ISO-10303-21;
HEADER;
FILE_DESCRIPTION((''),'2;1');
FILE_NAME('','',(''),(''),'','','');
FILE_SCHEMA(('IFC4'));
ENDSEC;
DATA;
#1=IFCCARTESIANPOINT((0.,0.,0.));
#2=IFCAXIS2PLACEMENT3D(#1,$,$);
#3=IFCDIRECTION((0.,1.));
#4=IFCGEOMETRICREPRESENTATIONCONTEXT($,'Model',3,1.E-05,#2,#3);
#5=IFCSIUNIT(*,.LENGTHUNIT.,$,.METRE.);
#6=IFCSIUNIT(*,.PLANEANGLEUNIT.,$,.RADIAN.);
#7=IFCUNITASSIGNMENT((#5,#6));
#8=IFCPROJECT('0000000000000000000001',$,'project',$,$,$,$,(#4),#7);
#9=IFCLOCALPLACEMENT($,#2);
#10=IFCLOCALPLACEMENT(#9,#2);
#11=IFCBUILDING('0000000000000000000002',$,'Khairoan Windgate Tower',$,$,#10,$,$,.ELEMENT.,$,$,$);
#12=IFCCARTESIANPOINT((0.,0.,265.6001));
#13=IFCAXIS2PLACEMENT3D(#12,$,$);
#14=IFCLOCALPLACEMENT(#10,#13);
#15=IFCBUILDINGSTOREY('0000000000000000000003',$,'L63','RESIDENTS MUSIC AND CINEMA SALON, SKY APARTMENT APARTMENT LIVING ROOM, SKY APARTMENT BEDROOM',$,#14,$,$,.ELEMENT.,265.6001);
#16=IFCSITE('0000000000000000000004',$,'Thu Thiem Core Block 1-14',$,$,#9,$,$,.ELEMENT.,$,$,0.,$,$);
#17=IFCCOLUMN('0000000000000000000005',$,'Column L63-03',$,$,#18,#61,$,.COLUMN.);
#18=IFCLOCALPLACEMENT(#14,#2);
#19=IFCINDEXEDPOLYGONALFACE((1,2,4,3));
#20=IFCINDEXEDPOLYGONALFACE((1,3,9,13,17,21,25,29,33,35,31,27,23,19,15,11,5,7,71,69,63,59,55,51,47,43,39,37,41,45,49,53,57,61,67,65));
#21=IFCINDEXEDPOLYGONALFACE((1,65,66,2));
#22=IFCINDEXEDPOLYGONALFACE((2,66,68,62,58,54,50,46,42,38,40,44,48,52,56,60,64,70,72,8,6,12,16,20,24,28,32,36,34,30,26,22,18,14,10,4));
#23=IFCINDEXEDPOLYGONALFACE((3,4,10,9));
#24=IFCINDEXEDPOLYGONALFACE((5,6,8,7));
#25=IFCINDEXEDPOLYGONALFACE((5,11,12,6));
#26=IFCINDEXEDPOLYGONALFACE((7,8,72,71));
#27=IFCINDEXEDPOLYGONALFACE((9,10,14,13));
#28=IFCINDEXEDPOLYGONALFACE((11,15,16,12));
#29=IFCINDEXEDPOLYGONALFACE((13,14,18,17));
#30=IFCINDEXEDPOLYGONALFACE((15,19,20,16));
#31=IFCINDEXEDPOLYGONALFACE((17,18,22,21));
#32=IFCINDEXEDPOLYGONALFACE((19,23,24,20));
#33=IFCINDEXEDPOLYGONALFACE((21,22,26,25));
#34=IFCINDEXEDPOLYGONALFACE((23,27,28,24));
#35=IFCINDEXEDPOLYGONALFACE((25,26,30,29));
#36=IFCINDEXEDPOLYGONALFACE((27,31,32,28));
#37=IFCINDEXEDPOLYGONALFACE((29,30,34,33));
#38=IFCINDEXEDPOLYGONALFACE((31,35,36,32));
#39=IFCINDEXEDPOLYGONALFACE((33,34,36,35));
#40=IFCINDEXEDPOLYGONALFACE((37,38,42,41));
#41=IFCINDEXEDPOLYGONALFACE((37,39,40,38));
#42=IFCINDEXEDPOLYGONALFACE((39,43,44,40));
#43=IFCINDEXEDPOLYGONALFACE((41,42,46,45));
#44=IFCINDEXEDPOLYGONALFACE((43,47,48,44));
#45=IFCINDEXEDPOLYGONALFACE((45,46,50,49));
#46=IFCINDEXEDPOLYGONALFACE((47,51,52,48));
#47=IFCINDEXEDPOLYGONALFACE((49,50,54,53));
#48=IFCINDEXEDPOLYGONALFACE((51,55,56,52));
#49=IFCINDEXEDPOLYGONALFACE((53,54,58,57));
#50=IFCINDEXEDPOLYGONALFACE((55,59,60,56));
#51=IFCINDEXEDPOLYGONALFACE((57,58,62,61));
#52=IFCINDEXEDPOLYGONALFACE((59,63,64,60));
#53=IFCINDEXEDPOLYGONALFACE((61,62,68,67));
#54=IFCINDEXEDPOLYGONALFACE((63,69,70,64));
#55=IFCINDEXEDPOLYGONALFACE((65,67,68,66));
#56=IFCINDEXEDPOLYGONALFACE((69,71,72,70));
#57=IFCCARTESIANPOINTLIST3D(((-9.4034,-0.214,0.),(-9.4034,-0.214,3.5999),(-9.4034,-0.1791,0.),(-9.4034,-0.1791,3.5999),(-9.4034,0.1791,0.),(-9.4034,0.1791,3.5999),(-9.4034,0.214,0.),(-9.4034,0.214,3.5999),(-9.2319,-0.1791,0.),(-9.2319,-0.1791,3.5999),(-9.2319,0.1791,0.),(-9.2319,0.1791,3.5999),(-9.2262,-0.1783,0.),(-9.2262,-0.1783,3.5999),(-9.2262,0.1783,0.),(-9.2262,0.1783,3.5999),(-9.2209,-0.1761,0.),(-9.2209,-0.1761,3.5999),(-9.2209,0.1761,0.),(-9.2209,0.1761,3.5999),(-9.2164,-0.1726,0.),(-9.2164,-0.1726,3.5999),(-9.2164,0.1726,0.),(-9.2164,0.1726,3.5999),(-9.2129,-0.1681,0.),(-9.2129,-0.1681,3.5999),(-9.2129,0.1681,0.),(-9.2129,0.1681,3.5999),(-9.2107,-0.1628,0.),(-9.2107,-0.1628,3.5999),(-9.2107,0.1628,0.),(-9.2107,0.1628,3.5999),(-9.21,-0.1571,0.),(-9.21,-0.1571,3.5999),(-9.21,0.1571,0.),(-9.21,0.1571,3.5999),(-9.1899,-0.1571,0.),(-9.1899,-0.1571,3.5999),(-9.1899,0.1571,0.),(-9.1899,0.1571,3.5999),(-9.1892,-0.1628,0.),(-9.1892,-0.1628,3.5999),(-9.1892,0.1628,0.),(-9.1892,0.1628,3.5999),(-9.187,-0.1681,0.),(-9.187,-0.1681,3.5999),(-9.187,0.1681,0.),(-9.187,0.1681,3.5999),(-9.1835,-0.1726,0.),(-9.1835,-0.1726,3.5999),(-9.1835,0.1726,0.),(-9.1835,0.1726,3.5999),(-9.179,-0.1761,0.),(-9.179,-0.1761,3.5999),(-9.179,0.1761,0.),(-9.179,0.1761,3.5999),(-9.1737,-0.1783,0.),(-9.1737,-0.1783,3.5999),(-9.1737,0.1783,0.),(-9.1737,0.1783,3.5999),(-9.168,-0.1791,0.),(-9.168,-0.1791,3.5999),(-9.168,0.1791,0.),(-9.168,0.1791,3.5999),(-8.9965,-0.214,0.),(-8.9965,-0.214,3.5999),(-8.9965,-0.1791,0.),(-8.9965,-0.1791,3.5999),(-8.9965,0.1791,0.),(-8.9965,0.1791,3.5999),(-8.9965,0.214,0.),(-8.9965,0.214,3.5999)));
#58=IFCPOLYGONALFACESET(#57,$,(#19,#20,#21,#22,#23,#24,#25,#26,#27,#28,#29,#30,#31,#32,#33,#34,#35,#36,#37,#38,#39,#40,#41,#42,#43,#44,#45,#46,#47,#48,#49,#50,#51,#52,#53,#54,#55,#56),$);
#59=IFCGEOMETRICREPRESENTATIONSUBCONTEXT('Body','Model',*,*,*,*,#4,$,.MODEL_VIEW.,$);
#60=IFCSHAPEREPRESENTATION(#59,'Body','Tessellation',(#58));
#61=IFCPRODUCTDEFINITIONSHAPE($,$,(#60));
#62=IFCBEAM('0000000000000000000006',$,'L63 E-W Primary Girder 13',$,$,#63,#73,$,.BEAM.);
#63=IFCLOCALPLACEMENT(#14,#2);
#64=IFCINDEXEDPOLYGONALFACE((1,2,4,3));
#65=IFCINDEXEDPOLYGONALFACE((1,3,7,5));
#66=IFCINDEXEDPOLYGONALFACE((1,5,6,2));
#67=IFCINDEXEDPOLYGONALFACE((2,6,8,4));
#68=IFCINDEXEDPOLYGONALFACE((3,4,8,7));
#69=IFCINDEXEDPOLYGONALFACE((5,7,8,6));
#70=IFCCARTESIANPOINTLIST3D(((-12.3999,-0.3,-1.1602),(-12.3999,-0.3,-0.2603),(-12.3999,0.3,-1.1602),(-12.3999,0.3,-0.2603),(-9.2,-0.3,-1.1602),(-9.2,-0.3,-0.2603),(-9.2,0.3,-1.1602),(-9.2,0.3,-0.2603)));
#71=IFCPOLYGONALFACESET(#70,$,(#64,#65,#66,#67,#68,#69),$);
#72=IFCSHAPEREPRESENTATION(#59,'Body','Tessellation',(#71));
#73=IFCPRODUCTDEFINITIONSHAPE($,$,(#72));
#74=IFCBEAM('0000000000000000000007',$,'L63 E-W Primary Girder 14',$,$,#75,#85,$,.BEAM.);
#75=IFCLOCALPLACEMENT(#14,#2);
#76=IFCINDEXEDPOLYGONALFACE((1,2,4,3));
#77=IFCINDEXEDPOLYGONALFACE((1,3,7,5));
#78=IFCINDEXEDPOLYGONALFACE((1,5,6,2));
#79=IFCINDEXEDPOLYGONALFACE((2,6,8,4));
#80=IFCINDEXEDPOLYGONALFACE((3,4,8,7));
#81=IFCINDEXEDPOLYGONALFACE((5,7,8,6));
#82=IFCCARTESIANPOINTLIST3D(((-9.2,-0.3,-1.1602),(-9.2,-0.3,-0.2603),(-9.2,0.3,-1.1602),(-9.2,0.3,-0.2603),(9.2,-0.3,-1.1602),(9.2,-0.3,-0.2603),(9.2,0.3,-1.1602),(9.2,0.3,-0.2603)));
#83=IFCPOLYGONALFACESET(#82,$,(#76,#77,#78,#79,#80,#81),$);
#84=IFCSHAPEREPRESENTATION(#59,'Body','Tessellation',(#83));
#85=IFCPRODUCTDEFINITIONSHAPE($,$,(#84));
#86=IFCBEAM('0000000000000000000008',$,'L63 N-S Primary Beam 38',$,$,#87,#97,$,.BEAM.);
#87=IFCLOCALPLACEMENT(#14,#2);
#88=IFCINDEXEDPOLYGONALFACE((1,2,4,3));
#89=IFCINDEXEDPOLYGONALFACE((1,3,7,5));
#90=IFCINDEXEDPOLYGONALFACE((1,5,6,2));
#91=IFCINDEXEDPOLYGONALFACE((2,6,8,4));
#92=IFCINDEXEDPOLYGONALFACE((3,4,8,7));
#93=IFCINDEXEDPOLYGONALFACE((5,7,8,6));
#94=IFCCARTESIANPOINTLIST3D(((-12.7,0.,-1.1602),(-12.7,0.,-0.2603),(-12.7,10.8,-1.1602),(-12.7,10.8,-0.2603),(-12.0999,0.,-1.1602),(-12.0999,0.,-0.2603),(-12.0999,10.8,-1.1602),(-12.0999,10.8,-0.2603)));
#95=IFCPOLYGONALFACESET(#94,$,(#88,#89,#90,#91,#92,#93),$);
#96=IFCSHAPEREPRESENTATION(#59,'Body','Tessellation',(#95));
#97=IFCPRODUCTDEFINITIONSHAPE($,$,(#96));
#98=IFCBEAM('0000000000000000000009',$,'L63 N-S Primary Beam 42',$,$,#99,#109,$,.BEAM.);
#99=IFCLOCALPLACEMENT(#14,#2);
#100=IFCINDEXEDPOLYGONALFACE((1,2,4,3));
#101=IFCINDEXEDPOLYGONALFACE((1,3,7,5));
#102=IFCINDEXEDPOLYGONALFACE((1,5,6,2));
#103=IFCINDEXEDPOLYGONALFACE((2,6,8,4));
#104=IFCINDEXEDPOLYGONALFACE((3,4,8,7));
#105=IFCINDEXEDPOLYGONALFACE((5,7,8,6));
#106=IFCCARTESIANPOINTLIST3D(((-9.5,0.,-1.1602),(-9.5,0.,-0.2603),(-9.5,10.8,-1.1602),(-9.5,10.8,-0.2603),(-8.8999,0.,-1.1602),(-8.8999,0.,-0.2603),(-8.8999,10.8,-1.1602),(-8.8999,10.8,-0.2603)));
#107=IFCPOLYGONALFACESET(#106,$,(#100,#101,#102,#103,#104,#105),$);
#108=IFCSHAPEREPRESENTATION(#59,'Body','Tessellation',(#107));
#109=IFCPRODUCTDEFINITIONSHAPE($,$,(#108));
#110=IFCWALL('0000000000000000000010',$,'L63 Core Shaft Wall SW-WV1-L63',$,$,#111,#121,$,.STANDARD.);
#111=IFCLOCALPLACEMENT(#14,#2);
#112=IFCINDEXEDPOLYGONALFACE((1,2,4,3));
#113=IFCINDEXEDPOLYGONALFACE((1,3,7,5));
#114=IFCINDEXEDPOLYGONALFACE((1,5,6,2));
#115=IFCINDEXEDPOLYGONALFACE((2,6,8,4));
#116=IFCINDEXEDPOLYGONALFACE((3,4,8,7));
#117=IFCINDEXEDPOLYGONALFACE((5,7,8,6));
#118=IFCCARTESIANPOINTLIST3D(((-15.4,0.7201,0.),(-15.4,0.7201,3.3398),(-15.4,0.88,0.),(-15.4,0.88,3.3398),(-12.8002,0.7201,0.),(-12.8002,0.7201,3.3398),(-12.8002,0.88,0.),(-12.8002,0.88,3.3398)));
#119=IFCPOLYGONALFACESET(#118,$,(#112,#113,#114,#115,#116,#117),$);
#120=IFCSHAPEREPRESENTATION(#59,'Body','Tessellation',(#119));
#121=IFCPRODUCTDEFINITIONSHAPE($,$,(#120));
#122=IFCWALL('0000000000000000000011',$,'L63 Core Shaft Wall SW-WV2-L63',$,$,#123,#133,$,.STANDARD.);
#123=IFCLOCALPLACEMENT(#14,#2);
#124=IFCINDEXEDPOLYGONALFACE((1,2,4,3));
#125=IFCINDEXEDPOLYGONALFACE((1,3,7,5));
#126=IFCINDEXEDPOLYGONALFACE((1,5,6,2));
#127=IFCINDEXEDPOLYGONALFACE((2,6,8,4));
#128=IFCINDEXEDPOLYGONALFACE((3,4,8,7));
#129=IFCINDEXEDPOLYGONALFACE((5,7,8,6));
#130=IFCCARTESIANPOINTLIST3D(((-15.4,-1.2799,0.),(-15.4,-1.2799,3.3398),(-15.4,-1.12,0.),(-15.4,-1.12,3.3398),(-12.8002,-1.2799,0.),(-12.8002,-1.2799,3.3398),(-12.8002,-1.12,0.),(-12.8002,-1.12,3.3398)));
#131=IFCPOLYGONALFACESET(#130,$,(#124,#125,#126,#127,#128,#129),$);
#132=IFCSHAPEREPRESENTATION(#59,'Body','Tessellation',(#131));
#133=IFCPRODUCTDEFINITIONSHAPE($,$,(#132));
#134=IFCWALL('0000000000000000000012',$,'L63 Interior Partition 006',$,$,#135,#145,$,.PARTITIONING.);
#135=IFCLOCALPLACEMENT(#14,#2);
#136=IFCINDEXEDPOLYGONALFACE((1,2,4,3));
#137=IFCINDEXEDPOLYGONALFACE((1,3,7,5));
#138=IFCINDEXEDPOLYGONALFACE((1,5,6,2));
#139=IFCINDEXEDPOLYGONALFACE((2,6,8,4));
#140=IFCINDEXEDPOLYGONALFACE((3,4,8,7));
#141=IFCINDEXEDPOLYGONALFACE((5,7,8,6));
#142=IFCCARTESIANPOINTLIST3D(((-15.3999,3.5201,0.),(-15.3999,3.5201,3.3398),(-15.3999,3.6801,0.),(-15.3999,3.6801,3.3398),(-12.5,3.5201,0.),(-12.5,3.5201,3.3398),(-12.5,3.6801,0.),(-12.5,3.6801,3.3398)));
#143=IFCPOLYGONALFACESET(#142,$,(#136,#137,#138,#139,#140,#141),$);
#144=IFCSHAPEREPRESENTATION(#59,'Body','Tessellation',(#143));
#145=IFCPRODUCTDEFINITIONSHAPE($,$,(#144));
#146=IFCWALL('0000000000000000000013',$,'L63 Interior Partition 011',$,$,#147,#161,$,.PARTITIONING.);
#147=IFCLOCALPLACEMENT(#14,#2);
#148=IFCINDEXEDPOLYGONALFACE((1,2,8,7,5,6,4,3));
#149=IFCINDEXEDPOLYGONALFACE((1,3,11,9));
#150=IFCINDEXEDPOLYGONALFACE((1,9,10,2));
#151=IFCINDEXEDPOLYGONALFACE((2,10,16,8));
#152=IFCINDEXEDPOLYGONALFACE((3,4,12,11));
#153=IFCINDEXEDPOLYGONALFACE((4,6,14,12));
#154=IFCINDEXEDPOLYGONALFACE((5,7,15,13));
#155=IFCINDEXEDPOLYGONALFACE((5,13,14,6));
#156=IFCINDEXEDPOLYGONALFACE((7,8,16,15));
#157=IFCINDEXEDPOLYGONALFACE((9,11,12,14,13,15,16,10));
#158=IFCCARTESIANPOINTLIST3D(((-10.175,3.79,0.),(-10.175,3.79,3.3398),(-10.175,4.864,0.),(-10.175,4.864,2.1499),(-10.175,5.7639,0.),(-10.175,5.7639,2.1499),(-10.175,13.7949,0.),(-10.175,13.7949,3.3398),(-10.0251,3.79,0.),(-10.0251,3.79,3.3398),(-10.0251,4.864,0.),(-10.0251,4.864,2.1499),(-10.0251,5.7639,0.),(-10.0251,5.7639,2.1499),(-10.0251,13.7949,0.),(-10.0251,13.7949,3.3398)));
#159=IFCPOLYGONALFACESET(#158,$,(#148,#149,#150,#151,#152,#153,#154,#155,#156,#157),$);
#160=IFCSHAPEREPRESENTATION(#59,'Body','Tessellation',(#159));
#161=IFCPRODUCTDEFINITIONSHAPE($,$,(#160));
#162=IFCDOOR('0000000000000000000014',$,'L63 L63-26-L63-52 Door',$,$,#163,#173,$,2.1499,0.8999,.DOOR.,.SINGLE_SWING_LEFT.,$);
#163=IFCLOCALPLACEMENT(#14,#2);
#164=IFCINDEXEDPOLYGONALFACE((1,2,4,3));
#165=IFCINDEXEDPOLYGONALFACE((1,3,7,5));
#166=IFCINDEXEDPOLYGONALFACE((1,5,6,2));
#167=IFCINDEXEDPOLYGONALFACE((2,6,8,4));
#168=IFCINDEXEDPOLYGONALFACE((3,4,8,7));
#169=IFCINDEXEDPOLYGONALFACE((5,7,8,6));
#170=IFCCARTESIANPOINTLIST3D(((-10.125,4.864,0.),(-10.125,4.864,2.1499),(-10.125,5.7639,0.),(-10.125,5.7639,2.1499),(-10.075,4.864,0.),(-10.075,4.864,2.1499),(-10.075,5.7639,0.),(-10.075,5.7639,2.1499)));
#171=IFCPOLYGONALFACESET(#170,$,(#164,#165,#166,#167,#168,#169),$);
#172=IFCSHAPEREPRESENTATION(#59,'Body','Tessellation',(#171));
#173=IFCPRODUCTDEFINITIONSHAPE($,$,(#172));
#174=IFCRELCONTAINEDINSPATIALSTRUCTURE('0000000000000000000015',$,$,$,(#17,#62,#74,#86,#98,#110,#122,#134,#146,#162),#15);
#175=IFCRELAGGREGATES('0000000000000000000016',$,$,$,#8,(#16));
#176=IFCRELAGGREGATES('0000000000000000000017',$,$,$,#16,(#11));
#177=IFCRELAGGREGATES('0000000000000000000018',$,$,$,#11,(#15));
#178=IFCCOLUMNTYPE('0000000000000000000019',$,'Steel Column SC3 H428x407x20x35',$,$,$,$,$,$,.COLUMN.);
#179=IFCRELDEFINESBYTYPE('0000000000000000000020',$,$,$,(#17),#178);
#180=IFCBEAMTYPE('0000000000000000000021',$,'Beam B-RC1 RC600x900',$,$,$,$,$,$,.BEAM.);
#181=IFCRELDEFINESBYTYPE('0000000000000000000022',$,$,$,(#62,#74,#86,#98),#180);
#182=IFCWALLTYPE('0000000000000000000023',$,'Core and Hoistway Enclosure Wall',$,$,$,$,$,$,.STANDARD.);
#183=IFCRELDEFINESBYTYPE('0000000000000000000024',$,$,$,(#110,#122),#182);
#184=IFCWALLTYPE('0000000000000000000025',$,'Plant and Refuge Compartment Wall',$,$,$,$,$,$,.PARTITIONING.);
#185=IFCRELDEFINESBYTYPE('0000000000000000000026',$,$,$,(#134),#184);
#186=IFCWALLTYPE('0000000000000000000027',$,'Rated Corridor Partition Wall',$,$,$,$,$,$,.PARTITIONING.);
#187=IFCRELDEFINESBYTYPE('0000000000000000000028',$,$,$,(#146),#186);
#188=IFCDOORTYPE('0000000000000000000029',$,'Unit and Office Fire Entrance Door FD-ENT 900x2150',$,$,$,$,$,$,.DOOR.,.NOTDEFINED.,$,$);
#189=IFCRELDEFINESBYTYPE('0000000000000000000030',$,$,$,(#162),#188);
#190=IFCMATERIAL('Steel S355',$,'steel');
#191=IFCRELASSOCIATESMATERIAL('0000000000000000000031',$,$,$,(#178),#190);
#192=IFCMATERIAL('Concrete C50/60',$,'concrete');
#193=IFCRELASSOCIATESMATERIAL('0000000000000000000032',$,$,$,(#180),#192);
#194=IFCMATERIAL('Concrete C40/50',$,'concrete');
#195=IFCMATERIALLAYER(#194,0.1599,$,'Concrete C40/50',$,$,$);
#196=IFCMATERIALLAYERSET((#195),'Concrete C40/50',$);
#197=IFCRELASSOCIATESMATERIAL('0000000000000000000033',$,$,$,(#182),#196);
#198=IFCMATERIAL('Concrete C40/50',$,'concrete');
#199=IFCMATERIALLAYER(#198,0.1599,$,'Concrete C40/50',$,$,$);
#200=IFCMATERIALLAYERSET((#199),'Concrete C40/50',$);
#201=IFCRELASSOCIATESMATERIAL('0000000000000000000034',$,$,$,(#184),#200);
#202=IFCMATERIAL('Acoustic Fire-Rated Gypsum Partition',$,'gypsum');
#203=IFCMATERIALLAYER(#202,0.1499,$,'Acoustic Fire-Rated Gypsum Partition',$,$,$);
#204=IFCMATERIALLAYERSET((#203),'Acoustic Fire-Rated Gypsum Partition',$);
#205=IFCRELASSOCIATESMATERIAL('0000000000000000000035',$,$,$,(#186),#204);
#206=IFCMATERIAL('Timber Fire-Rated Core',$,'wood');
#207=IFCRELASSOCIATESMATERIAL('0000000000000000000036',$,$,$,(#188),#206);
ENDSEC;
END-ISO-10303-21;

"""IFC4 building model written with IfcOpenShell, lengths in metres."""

from ifc_helpers import new_model, si_unit, direction, frame, frame_2d, origin, origin_2d, place, context, subcontext, project, spatial, rectangle, i_section, extrude, material, layer, layer_set, material_profile, profile_set, type_object, element, fill, save


model = new_model("IFC4")

# Units and contexts
model_context = context("Model", 3, precision=1e-05, world=origin(), true_north=direction((0.0, 1.0)))
body_context = subcontext(model_context, "Body", "Model", "MODEL_VIEW")
ifc_project = project(units=[si_unit("LENGTHUNIT", "METRE"), si_unit("PLANEANGLEUNIT", "RADIAN")], contexts=[model_context])

# Site, building, storey
site_placement = place(None, origin())
site = spatial("IfcSite", under=ifc_project, at=site_placement, Name="Thu Thiem Core Block 1-14", CompositionType="ELEMENT", RefElevation=0.0)
building_placement = place(site_placement, origin())
building = spatial("IfcBuilding", under=site, at=building_placement, Name="Khairoan Windgate Tower", CompositionType="ELEMENT")
storey_placement = place(building_placement, frame((0.0, 0.0, 265.6001)))
storey = spatial("IfcBuildingStorey", under=building, at=storey_placement, Name="L63", Description="RESIDENTS MUSIC AND CINEMA SALON, SKY APARTMENT APARTMENT LIVING ROOM, SKY APARTMENT BEDROOM", CompositionType="ELEMENT", Elevation=265.6001)

# Column
ifc_material_1 = material(Name="Steel S355", Category="steel")
ifc_material_profile_1 = material_profile(ifc_material_1, i_section(OverallWidth=0.407, OverallDepth=0.428, WebThickness=0.02, FlangeThickness=0.0349, FilletRadius=0.022, at=origin_2d()))
ifc_profile_set_1 = profile_set([ifc_material_profile_1], Name="Steel S355")
column_type = type_object("IfcColumnType", Name="Steel Column SC3 H428x407x20x35", PredefinedType="COLUMN", material=ifc_profile_set_1)
column_placement = place(storey_placement, frame((-9.2, 0.0, 0.0), z_axis=(0.0, 0.0, 1.0), x_axis=(1.0, 0.0, 0.0)))
element("IfcColumn", 1, at=column_placement, inside=storey, type_object=column_type, Name="Column L63-03", PredefinedType="COLUMN", context=body_context, shape_type="SweptSolid", body=[
    extrude(i_section(OverallWidth=0.407, OverallDepth=0.428, WebThickness=0.02, FlangeThickness=0.0349, FilletRadius=0.022, at=origin_2d()), origin(), (0.0, 0.0, 1.0), 3.5999),
])

# Beams
ifc_material_2 = material(Name="Concrete C50/60", Category="concrete")
ifc_material_profile_2 = material_profile(ifc_material_2, rectangle(XDim=0.6001, YDim=0.8999, at=origin_2d()))
ifc_profile_set_2 = profile_set([ifc_material_profile_2], Name="Concrete C50/60")
beam_type = type_object("IfcBeamType", Name="Beam B-RC1 RC600x900", PredefinedType="BEAM", material=ifc_profile_set_2)
beam_1_placement = place(storey_placement, frame((-12.3999, 0.0, -0.7102), z_axis=(1.0, 0.0, 0.0), x_axis=(0.0, 1.0, 0.0)))
element("IfcBeam", 2, at=beam_1_placement, inside=storey, type_object=beam_type, Name="L63 E-W Primary Girder 13", PredefinedType="BEAM", context=body_context, shape_type="SweptSolid", body=[
    extrude(rectangle(XDim=0.6001, YDim=0.8999, at=origin_2d()), origin(), (0.0, 0.0, 1.0), 3.2),
])
beam_2_placement = place(storey_placement, frame((-9.2, 0.0, -0.7102), z_axis=(1.0, 0.0, 0.0), x_axis=(0.0, 1.0, 0.0)))
element("IfcBeam", 3, at=beam_2_placement, inside=storey, type_object=beam_type, Name="L63 E-W Primary Girder 14", PredefinedType="BEAM", context=body_context, shape_type="SweptSolid", body=[
    extrude(rectangle(XDim=0.6001, YDim=0.8999, at=origin_2d()), origin(), (0.0, 0.0, 1.0), 18.3999),
])
for number, where, z_axis, x_axis, name in (
    (4, (-12.3999, 0.0, -0.7102), (0.0, 1.0, 0.0), (-1.0, 0.0, 0.0), "L63 N-S Primary Beam 38"),
    (5, (-9.2, 0.0, -0.7102), (0.0, 1.0, 0.0), (-1.0, 0.0, 0.0), "L63 N-S Primary Beam 42"),
):
    element("IfcBeam", number, at=place(storey_placement, frame(where, z_axis=z_axis, x_axis=x_axis)), inside=storey, type_object=beam_type, Name=name, PredefinedType="BEAM", context=body_context, shape_type="SweptSolid", body=[
        extrude(rectangle(XDim=0.6001, YDim=0.8999, at=origin_2d()), origin(), (0.0, 0.0, 1.0), 10.8),
    ])

# Walls
ifc_material_3 = material(Name="Concrete C40/50", Category="concrete")
ifc_layer_1 = layer(ifc_material_3, 0.1599, Name="Concrete C40/50")
ifc_layer_set_1 = layer_set([ifc_layer_1], Name="Concrete C40/50")
wall_type_1 = type_object("IfcWallType", Name="Core and Hoistway Enclosure Wall", PredefinedType="STANDARD", material=ifc_layer_set_1)
for number, where, z_axis, x_axis, name in (
    (6, (-15.3999, 0.8, 0.0), (0.0, 0.0, 1.0), (1.0, 0.0, 0.0), "L63 Core Shaft Wall SW-WV1-L63"),
    (7, (-15.3999, -1.2, 0.0), (0.0, 0.0, 1.0), (1.0, 0.0, 0.0), "L63 Core Shaft Wall SW-WV2-L63"),
):
    element("IfcWall", number, at=place(storey_placement, frame(where, z_axis=z_axis, x_axis=x_axis)), inside=storey, type_object=wall_type_1, Name=name, PredefinedType="STANDARD", context=body_context, shape_type="SweptSolid", body=[
        extrude(rectangle(XDim=2.5999, YDim=0.1599, at=frame_2d((1.2998, 0.0))), origin(), (0.0, 0.0, 1.0), 3.3398),
    ])
ifc_material_4 = material(Name="Concrete C40/50", Category="concrete")
ifc_layer_2 = layer(ifc_material_4, 0.1599, Name="Concrete C40/50")
ifc_layer_set_2 = layer_set([ifc_layer_2], Name="Concrete C40/50")
wall_type_2 = type_object("IfcWallType", Name="Plant and Refuge Compartment Wall", PredefinedType="PARTITIONING", material=ifc_layer_set_2)
wall_1_placement = place(storey_placement, frame((-15.3999, 3.6001, 0.0), z_axis=(0.0, 0.0, 1.0), x_axis=(1.0, 0.0, 0.0)))
element("IfcWall", 8, at=wall_1_placement, inside=storey, type_object=wall_type_2, Name="L63 Interior Partition 006", PredefinedType="PARTITIONING", context=body_context, shape_type="SweptSolid", body=[
    extrude(rectangle(XDim=2.8999, YDim=0.1599, at=frame_2d((1.45, 0.0))), origin(), (0.0, 0.0, 1.0), 3.3398),
])

# Wall, opening, door
ifc_material_5 = material(Name="Acoustic Fire-Rated Gypsum Partition", Category="gypsum")
ifc_layer_3 = layer(ifc_material_5, 0.1499, Name="Acoustic Fire-Rated Gypsum Partition")
ifc_layer_set_3 = layer_set([ifc_layer_3], Name="Acoustic Fire-Rated Gypsum Partition")
wall_type_3 = type_object("IfcWallType", Name="Rated Corridor Partition Wall", PredefinedType="PARTITIONING", material=ifc_layer_set_3)
wall_2_placement = place(storey_placement, frame((-10.1001, 3.79, 0.0), z_axis=(0.0, 0.0, 1.0), x_axis=(0.0, 1.0, 0.0)))
wall_2 = element("IfcWall", 9, at=wall_2_placement, inside=storey, type_object=wall_type_3, Name="L63 Interior Partition 011", PredefinedType="PARTITIONING", context=body_context, shape_type="SweptSolid", body=[
    extrude(rectangle(XDim=10.0049, YDim=0.1499, at=frame_2d((5.0024, 0.0))), origin(), (0.0, 0.0, 1.0), 3.3398),
])
opening_1_placement = place(wall_2_placement, frame((1.074, 0.0, 0.0)))
opening_1 = element("IfcOpeningElement", 10, at=opening_1_placement, cuts=wall_2, PredefinedType="OPENING", context=body_context, shape_type="SweptSolid", body=[
    extrude(rectangle(XDim=0.8999, YDim=2.1499, at=frame_2d((0.45, 1.075))), frame((0.0, 0.085, 0.0), z_axis=(0.0, -1.0, 0.0), x_axis=(1.0, 0.0, 0.0)), (0.0, 0.0, 1.0), 0.1699),
])
ifc_material_6 = material(Name="Timber Fire-Rated Core", Category="wood")
door_type = type_object("IfcDoorType", Name="Unit and Office Fire Entrance Door FD-ENT 900x2150", OperationType="NOTDEFINED", PredefinedType="DOOR", material=ifc_material_6)
door_1_placement = place(opening_1_placement, origin())
door_1 = element("IfcDoor", 11, at=door_1_placement, inside=storey, type_object=door_type, Name="L63 L63-26-L63-52 Door", OperationType="SINGLE_SWING_LEFT", OverallHeight=2.1499, OverallWidth=0.8999, PredefinedType="DOOR", context=body_context, shape_type="SweptSolid", body=[
    extrude(rectangle(XDim=0.8999, YDim=2.1499, at=frame_2d((0.45, 1.075))), frame((0.0, 0.0249, 0.0), z_axis=(0.0, -1.0, 0.0), x_axis=(1.0, 0.0, 0.0)), (0.0, 0.0, 1.0), 0.05),
])
fill(opening_1, door_1)

save(model, "model.ifc")
